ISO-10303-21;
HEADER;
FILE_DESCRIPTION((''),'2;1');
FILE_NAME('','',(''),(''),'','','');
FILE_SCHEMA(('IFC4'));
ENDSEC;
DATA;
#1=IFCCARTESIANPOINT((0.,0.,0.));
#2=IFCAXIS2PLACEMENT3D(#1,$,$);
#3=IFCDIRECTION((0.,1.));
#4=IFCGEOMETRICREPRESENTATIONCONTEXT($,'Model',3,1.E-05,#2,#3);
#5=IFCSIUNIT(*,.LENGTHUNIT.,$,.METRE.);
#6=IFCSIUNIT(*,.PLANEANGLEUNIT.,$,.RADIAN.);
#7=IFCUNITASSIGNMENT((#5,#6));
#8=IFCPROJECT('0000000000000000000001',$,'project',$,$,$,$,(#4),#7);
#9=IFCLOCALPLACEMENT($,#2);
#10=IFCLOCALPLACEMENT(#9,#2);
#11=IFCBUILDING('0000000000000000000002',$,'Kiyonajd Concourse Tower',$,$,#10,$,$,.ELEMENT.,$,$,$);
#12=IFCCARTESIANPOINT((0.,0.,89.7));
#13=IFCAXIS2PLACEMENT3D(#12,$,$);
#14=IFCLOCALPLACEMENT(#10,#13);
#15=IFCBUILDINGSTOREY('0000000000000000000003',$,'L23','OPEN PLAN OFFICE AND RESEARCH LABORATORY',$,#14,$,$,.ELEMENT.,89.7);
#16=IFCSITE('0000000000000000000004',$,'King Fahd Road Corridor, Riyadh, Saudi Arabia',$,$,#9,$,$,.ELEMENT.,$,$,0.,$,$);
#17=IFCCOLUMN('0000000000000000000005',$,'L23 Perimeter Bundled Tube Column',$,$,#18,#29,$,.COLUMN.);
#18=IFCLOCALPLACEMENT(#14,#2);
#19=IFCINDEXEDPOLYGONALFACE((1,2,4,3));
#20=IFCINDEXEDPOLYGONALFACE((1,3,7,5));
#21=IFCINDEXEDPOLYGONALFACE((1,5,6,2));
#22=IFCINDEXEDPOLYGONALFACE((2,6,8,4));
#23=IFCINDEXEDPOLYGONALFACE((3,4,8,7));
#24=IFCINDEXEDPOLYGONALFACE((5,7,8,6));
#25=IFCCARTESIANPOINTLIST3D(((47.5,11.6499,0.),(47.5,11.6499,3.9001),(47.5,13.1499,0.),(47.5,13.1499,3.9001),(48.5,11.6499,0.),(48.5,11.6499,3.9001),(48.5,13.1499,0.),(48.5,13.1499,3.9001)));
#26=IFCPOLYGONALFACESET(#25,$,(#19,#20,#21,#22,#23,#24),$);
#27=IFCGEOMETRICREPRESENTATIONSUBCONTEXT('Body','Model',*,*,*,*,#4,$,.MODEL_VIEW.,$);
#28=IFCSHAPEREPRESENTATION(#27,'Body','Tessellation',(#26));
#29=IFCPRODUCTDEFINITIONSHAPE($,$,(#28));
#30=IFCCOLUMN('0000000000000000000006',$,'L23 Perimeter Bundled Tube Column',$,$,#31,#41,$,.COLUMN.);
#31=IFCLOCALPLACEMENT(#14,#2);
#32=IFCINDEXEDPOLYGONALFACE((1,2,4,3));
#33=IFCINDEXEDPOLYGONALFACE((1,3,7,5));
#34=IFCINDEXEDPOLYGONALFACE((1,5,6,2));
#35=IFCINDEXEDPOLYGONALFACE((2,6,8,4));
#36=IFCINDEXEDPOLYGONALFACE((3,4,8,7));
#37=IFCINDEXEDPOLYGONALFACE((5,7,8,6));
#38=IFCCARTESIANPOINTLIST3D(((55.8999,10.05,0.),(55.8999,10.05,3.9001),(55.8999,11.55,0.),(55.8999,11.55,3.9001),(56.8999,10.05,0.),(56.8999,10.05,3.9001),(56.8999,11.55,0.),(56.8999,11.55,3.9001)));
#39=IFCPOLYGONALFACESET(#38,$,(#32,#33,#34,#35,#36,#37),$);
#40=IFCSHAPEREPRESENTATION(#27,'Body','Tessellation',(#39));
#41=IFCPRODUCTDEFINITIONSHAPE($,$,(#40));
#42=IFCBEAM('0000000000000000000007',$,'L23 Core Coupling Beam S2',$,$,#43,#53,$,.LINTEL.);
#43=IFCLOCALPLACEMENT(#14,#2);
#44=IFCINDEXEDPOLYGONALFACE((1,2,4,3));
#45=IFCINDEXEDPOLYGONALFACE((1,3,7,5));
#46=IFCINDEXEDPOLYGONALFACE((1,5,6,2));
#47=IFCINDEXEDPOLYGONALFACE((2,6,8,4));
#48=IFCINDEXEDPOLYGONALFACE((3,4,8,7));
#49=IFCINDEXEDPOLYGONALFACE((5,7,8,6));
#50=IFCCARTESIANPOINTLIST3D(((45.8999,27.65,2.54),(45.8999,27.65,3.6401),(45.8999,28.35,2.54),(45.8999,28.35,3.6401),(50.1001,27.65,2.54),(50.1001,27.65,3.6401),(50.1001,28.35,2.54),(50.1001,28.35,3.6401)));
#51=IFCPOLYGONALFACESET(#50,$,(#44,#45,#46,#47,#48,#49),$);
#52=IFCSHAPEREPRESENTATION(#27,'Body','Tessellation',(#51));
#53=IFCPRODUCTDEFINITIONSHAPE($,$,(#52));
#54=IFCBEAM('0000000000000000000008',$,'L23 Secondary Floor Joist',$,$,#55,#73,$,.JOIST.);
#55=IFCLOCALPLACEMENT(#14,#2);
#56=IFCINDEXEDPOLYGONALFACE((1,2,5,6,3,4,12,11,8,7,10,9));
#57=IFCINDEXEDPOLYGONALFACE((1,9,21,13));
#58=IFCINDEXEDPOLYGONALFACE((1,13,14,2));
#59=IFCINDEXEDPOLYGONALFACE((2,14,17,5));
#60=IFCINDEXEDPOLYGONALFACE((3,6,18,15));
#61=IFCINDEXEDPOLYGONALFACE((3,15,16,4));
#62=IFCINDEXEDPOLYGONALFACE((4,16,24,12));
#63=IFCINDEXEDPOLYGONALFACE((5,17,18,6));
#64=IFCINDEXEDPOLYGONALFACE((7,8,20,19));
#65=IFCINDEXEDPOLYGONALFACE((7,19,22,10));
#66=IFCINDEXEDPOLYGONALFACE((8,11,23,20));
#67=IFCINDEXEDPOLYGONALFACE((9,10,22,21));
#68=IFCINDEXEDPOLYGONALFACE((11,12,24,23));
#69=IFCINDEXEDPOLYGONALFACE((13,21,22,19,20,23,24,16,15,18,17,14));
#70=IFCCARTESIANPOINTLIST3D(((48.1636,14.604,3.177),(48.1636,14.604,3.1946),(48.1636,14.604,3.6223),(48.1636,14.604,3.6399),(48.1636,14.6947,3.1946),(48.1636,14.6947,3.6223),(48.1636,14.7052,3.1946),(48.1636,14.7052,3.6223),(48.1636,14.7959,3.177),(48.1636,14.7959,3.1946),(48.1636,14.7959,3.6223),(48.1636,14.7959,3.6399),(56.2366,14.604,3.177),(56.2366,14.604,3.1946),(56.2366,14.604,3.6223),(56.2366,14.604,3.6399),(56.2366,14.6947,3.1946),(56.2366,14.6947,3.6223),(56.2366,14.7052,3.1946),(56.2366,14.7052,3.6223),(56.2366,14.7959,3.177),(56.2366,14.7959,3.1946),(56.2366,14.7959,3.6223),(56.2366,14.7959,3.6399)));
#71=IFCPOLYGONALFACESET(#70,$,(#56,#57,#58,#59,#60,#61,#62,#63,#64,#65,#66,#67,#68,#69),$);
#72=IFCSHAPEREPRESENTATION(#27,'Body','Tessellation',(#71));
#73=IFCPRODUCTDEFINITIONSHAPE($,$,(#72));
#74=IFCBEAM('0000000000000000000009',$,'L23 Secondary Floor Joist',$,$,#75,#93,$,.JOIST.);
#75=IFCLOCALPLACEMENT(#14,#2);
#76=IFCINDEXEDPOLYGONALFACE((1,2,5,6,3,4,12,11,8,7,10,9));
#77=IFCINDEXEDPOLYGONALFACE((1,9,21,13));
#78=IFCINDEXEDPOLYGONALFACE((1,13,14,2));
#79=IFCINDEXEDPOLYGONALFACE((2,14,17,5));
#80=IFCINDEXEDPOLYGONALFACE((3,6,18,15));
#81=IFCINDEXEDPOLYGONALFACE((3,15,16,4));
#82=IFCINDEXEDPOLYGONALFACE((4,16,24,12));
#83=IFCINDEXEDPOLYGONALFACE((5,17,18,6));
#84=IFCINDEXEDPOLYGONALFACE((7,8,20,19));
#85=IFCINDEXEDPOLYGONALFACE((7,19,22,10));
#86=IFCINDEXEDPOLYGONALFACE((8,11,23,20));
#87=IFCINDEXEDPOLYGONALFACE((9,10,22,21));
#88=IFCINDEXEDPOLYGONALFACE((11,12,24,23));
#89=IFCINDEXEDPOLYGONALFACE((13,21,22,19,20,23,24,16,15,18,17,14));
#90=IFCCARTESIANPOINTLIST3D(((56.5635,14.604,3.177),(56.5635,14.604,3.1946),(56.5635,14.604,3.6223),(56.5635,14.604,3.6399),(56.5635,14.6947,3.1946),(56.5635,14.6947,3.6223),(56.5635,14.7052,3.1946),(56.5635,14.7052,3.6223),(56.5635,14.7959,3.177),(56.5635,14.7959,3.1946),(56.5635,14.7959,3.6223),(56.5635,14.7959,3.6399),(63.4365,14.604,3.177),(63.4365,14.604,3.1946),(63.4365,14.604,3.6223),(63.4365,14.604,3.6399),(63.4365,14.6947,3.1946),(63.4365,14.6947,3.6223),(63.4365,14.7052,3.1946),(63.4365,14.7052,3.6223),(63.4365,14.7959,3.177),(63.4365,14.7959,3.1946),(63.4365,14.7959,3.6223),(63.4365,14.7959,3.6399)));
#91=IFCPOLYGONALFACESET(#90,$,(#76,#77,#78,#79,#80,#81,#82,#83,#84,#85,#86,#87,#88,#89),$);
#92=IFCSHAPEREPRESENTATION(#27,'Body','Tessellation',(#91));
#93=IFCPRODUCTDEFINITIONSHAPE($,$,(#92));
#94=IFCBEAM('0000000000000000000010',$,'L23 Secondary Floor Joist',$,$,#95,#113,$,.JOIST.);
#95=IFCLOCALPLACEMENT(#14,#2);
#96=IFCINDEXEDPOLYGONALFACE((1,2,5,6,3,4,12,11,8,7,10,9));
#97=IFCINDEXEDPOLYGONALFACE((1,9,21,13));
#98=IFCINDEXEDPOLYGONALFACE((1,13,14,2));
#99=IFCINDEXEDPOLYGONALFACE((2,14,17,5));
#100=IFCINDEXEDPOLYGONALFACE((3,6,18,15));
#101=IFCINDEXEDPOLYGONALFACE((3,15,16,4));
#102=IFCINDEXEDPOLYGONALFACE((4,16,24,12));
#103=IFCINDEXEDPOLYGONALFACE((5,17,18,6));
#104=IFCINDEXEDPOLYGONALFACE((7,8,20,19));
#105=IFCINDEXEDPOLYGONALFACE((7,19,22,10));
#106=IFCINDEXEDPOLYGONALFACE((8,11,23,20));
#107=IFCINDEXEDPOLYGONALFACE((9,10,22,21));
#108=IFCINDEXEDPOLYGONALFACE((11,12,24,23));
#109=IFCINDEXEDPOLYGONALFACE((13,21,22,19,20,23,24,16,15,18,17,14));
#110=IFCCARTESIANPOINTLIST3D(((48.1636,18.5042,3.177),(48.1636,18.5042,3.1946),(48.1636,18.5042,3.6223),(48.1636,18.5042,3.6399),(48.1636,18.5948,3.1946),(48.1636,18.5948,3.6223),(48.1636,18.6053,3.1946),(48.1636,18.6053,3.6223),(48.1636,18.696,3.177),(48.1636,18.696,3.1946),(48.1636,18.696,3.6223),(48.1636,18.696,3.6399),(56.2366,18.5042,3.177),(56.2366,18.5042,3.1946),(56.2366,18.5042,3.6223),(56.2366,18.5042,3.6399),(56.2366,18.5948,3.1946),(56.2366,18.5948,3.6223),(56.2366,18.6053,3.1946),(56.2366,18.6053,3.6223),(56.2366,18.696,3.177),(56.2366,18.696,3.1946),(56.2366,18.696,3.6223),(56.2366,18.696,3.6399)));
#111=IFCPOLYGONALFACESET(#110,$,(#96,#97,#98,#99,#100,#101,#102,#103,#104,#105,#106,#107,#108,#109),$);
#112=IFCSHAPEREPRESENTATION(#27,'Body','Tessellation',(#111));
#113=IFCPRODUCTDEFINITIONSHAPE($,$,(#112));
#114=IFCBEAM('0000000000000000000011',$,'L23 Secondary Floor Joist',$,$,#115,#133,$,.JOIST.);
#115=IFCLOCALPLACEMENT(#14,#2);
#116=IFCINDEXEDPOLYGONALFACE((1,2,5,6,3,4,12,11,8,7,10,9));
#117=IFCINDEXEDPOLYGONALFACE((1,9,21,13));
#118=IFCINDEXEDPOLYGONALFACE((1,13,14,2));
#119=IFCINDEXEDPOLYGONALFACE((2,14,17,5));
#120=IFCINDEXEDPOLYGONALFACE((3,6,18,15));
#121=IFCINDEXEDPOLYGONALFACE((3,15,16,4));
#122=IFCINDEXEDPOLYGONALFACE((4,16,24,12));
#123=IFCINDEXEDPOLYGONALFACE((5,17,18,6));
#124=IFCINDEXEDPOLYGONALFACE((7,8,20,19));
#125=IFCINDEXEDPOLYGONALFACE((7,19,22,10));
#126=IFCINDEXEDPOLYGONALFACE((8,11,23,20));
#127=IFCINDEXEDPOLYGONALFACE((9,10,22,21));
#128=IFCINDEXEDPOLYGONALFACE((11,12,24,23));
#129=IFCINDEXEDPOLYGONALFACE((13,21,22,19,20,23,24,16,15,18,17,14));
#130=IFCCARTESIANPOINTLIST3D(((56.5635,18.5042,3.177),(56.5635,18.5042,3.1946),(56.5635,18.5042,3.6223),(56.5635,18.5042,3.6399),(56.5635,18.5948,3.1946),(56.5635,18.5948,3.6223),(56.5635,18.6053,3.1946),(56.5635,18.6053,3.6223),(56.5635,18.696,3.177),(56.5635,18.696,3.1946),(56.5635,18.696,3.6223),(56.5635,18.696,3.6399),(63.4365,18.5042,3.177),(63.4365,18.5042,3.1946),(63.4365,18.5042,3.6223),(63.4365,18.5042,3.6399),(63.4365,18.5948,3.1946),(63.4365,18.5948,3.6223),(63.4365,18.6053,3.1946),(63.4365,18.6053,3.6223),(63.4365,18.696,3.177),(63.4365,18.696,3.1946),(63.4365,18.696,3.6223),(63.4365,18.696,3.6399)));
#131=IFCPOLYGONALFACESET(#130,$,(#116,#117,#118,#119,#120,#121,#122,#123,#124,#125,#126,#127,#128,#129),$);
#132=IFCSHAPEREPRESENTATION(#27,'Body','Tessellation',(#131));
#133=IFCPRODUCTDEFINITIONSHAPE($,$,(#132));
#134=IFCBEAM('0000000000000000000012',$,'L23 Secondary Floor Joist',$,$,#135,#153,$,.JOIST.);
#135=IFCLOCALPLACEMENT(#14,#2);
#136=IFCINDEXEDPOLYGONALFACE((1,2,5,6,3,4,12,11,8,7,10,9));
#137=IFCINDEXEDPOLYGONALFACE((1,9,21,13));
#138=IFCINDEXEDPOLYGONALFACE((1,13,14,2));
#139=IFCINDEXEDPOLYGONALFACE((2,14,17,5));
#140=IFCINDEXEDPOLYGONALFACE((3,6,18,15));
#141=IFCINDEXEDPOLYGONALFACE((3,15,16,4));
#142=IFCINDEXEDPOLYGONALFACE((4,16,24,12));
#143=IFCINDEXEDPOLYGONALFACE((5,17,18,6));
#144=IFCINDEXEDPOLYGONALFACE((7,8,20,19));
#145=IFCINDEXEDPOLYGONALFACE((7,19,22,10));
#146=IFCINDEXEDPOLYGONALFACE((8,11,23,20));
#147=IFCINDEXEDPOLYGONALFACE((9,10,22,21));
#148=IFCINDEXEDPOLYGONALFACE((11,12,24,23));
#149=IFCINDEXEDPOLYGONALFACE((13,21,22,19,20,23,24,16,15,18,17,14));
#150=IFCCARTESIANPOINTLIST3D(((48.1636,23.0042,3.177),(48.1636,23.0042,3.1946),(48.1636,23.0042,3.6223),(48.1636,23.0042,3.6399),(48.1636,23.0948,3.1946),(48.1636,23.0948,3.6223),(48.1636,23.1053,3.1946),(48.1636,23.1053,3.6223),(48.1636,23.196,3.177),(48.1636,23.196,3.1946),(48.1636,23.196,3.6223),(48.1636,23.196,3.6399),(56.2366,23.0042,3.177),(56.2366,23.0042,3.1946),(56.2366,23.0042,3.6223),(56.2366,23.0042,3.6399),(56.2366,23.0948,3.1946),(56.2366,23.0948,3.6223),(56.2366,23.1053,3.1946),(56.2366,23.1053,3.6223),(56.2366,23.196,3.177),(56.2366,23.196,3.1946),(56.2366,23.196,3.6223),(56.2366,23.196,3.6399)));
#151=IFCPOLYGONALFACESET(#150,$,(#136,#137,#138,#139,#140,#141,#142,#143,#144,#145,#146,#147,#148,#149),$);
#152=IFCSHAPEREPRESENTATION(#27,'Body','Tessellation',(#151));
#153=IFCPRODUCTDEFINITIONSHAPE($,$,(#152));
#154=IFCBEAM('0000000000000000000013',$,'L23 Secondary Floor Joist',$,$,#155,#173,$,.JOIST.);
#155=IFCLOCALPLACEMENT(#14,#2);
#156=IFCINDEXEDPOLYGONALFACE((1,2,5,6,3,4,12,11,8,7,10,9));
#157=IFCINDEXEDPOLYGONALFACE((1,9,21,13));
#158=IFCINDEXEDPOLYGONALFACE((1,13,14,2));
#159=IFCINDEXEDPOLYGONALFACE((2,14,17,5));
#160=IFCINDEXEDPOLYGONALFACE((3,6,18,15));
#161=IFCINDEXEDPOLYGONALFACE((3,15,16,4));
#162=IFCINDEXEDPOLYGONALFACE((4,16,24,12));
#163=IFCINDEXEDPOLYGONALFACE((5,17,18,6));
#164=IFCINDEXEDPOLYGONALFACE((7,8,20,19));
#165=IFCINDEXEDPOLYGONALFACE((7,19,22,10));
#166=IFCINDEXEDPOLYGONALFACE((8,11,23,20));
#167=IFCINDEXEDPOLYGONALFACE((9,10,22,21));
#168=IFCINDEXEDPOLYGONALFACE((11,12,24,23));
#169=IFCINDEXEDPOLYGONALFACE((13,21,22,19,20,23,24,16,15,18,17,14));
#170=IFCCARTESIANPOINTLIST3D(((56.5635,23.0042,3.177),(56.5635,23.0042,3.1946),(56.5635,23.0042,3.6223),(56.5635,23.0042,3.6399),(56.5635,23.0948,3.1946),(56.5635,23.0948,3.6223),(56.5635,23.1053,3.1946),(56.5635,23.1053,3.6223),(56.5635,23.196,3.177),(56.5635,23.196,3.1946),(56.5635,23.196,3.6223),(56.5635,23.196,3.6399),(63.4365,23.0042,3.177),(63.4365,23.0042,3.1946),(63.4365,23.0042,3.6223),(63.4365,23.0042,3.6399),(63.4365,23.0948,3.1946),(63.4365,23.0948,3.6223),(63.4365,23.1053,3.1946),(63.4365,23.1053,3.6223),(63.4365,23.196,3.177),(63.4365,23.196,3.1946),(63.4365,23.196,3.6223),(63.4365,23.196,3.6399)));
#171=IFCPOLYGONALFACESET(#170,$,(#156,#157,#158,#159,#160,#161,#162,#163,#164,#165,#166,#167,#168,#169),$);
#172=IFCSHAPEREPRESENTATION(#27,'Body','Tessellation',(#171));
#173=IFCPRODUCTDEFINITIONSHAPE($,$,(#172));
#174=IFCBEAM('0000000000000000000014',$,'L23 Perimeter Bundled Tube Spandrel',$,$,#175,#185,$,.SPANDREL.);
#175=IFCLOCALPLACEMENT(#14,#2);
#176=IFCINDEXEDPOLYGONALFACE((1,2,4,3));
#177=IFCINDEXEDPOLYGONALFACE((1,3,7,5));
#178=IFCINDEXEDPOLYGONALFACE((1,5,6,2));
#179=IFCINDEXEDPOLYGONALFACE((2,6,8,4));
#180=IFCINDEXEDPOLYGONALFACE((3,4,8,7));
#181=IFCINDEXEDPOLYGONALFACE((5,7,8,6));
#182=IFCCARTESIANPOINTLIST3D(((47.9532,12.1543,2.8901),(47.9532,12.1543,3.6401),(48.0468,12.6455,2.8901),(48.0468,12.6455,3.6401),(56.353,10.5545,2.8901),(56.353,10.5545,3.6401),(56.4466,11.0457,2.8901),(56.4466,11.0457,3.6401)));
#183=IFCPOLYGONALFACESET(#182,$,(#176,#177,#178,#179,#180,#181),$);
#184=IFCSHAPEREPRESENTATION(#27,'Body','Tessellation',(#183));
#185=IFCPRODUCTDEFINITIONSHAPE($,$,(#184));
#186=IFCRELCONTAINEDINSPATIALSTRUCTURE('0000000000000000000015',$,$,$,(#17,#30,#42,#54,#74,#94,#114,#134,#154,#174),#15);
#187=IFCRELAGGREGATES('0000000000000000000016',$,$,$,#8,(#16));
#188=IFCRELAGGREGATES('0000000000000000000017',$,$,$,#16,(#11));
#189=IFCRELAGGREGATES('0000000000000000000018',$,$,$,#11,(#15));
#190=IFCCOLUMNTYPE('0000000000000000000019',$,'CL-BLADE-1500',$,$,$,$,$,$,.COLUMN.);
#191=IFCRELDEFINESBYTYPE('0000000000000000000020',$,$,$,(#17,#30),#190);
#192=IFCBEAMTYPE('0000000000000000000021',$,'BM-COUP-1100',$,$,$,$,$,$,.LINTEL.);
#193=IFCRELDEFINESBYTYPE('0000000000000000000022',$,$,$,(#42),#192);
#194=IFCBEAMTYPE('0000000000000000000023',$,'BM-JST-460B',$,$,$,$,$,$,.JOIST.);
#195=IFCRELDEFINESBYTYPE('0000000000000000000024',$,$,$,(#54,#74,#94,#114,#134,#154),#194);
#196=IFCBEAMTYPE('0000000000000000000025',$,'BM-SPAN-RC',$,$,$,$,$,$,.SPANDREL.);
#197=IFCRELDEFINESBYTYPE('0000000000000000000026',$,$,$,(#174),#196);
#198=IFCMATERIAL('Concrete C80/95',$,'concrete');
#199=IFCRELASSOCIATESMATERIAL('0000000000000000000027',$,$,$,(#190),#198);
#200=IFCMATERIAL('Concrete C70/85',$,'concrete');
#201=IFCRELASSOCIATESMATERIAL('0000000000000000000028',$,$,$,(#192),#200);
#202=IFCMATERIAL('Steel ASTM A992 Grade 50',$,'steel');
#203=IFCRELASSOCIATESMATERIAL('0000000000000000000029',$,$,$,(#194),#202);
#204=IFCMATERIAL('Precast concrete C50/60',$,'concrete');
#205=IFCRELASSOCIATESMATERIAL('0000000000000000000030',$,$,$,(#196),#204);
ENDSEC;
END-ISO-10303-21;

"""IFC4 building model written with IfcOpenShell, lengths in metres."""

from ifc_helpers import new_model, si_unit, direction, frame, origin, origin_2d, place, context, subcontext, project, spatial, rectangle, i_section, extrude, material, material_profile, profile_set, type_object, element, save


model = new_model("IFC4")

# Units and contexts
model_context = context("Model", 3, precision=1e-05, world=origin(), true_north=direction((0.0, 1.0)))
body_context = subcontext(model_context, "Body", "Model", "MODEL_VIEW")
ifc_project = project(units=[si_unit("LENGTHUNIT", "METRE"), si_unit("PLANEANGLEUNIT", "RADIAN")], contexts=[model_context])

# Site, building, storey
site_placement = place(None, origin())
site = spatial("IfcSite", under=ifc_project, at=site_placement, Name="King Fahd Road Corridor, Riyadh, Saudi Arabia", CompositionType="ELEMENT", RefElevation=0.0)
building_placement = place(site_placement, origin())
building = spatial("IfcBuilding", under=site, at=building_placement, Name="Kiyonajd Concourse Tower", CompositionType="ELEMENT")
storey_placement = place(building_placement, frame((0.0, 0.0, 89.7)))
storey = spatial("IfcBuildingStorey", under=building, at=storey_placement, Name="L23", Description="OPEN PLAN OFFICE AND RESEARCH LABORATORY", CompositionType="ELEMENT", Elevation=89.7)

# Columns
ifc_material_1 = material(Name="Concrete C80/95", Category="concrete")
ifc_material_profile_1 = material_profile(ifc_material_1, rectangle(XDim=1.0, YDim=1.5, at=origin_2d()), Name="RC-1500x1000")
ifc_profile_set_1 = profile_set([ifc_material_profile_1], Name="Concrete C80/95")
column_type = type_object("IfcColumnType", Name="CL-BLADE-1500", PredefinedType="COLUMN", material=ifc_profile_set_1)
for number, where, z_axis, x_axis, name in (
    (1, (48.0, 12.3999, 0.0), (0.0, 0.0, 1.0), (1.0, 0.0, 0.0), "L23 Perimeter Bundled Tube Column"),
    (2, (56.3999, 10.8, 0.0), (0.0, 0.0, 1.0), (1.0, 0.0, 0.0), "L23 Perimeter Bundled Tube Column"),
):
    element("IfcColumn", number, at=place(storey_placement, frame(where, z_axis=z_axis, x_axis=x_axis)), inside=storey, type_object=column_type, Name=name, PredefinedType="COLUMN", context=body_context, shape_type="SweptSolid", body=[
        extrude(rectangle(XDim=1.0, YDim=1.5, at=origin_2d()), origin(), (0.0, 0.0, 1.0), 3.9001),
    ])

# Beams
ifc_material_2 = material(Name="Concrete C70/85", Category="concrete")
ifc_material_profile_2 = material_profile(ifc_material_2, rectangle(XDim=0.7, YDim=1.1001, at=origin_2d()), Name="RCBM-700x1100")
ifc_profile_set_2 = profile_set([ifc_material_profile_2], Name="Concrete C70/85")
beam_type_1 = type_object("IfcBeamType", Name="BM-COUP-1100", PredefinedType="LINTEL", material=ifc_profile_set_2)
beam_1_placement = place(storey_placement, frame((45.8999, 28.0, 3.0901), z_axis=(1.0, 0.0, 0.0), x_axis=(0.0, 1.0, 0.0)))
element("IfcBeam", 3, at=beam_1_placement, inside=storey, type_object=beam_type_1, Name="L23 Core Coupling Beam S2", PredefinedType="LINTEL", context=body_context, shape_type="SweptSolid", body=[
    extrude(rectangle(XDim=0.7, YDim=1.1001, at=origin_2d()), origin(), (0.0, 0.0, 1.0), 4.2002),
])
ifc_material_3 = material(Name="Steel ASTM A992 Grade 50", Category="steel")
ifc_material_profile_3 = material_profile(ifc_material_3, i_section(OverallWidth=0.1919, OverallDepth=0.4629, WebThickness=0.0105, FlangeThickness=0.0176, at=origin_2d()), Name="W460X89")
ifc_profile_set_3 = profile_set([ifc_material_profile_3], Name="Steel ASTM A992 Grade 50")
beam_type_2 = type_object("IfcBeamType", Name="BM-JST-460B", PredefinedType="JOIST", material=ifc_profile_set_3)
beam_2_placement = place(storey_placement, frame((48.1636, 14.7, 3.4084), z_axis=(1.0, 0.0, 0.0), x_axis=(0.0, 1.0, 0.0)))
element("IfcBeam", 4, at=beam_2_placement, inside=storey, type_object=beam_type_2, Name="L23 Secondary Floor Joist", PredefinedType="JOIST", context=body_context, shape_type="SweptSolid", body=[
    extrude(i_section(OverallWidth=0.1919, OverallDepth=0.4629, WebThickness=0.0105, FlangeThickness=0.0176, at=origin_2d()), origin(), (0.0, 0.0, 1.0), 8.073),
])
beam_3_placement = place(storey_placement, frame((56.5635, 14.7, 3.4084), z_axis=(1.0, 0.0, 0.0), x_axis=(0.0, 1.0, 0.0)))
element("IfcBeam", 5, at=beam_3_placement, inside=storey, type_object=beam_type_2, Name="L23 Secondary Floor Joist", PredefinedType="JOIST", context=body_context, shape_type="SweptSolid", body=[
    extrude(i_section(OverallWidth=0.1919, OverallDepth=0.4629, WebThickness=0.0105, FlangeThickness=0.0176, at=origin_2d()), origin(), (0.0, 0.0, 1.0), 6.873),
])
beam_4_placement = place(storey_placement, frame((48.1636, 18.6001, 3.4084), z_axis=(1.0, 0.0, 0.0), x_axis=(0.0, 1.0, 0.0)))
element("IfcBeam", 6, at=beam_4_placement, inside=storey, type_object=beam_type_2, Name="L23 Secondary Floor Joist", PredefinedType="JOIST", context=body_context, shape_type="SweptSolid", body=[
    extrude(i_section(OverallWidth=0.1919, OverallDepth=0.4629, WebThickness=0.0105, FlangeThickness=0.0176, at=origin_2d()), origin(), (0.0, 0.0, 1.0), 8.073),
])
beam_5_placement = place(storey_placement, frame((56.5635, 18.6001, 3.4084), z_axis=(1.0, 0.0, 0.0), x_axis=(0.0, 1.0, 0.0)))
element("IfcBeam", 7, at=beam_5_placement, inside=storey, type_object=beam_type_2, Name="L23 Secondary Floor Joist", PredefinedType="JOIST", context=body_context, shape_type="SweptSolid", body=[
    extrude(i_section(OverallWidth=0.1919, OverallDepth=0.4629, WebThickness=0.0105, FlangeThickness=0.0176, at=origin_2d()), origin(), (0.0, 0.0, 1.0), 6.873),
])
beam_6_placement = place(storey_placement, frame((48.1636, 23.1001, 3.4084), z_axis=(1.0, 0.0, 0.0), x_axis=(0.0, 1.0, 0.0)))
element("IfcBeam", 8, at=beam_6_placement, inside=storey, type_object=beam_type_2, Name="L23 Secondary Floor Joist", PredefinedType="JOIST", context=body_context, shape_type="SweptSolid", body=[
    extrude(i_section(OverallWidth=0.1919, OverallDepth=0.4629, WebThickness=0.0105, FlangeThickness=0.0176, at=origin_2d()), origin(), (0.0, 0.0, 1.0), 8.073),
])
beam_7_placement = place(storey_placement, frame((56.5635, 23.1001, 3.4084), z_axis=(1.0, 0.0, 0.0), x_axis=(0.0, 1.0, 0.0)))
element("IfcBeam", 9, at=beam_7_placement, inside=storey, type_object=beam_type_2, Name="L23 Secondary Floor Joist", PredefinedType="JOIST", context=body_context, shape_type="SweptSolid", body=[
    extrude(i_section(OverallWidth=0.1919, OverallDepth=0.4629, WebThickness=0.0105, FlangeThickness=0.0176, at=origin_2d()), origin(), (0.0, 0.0, 1.0), 6.873),
])
ifc_material_4 = material(Name="Precast concrete C50/60", Category="concrete")
ifc_material_profile_4 = material_profile(ifc_material_4, rectangle(XDim=0.5, YDim=0.75, at=origin_2d()), Name="RCBM-500x750")
ifc_profile_set_4 = profile_set([ifc_material_profile_4], Name="Precast concrete C50/60")
beam_type_3 = type_object("IfcBeamType", Name="BM-SPAN-RC", PredefinedType="SPANDREL", material=ifc_profile_set_4)
beam_8_placement = place(storey_placement, frame((48.0, 12.3999, 3.2651), z_axis=(0.982341, -0.187098, 0.0), x_axis=(0.187098, 0.982341, 0.0)))
element("IfcBeam", 10, at=beam_8_placement, inside=storey, type_object=beam_type_3, Name="L23 Perimeter Bundled Tube Spandrel", PredefinedType="SPANDREL", context=body_context, shape_type="SweptSolid", body=[
    extrude(rectangle(XDim=0.5, YDim=0.75, at=origin_2d()), origin(), (0.0, 0.0, 1.0), 8.5508),
])

save(model, "model.ifc")
